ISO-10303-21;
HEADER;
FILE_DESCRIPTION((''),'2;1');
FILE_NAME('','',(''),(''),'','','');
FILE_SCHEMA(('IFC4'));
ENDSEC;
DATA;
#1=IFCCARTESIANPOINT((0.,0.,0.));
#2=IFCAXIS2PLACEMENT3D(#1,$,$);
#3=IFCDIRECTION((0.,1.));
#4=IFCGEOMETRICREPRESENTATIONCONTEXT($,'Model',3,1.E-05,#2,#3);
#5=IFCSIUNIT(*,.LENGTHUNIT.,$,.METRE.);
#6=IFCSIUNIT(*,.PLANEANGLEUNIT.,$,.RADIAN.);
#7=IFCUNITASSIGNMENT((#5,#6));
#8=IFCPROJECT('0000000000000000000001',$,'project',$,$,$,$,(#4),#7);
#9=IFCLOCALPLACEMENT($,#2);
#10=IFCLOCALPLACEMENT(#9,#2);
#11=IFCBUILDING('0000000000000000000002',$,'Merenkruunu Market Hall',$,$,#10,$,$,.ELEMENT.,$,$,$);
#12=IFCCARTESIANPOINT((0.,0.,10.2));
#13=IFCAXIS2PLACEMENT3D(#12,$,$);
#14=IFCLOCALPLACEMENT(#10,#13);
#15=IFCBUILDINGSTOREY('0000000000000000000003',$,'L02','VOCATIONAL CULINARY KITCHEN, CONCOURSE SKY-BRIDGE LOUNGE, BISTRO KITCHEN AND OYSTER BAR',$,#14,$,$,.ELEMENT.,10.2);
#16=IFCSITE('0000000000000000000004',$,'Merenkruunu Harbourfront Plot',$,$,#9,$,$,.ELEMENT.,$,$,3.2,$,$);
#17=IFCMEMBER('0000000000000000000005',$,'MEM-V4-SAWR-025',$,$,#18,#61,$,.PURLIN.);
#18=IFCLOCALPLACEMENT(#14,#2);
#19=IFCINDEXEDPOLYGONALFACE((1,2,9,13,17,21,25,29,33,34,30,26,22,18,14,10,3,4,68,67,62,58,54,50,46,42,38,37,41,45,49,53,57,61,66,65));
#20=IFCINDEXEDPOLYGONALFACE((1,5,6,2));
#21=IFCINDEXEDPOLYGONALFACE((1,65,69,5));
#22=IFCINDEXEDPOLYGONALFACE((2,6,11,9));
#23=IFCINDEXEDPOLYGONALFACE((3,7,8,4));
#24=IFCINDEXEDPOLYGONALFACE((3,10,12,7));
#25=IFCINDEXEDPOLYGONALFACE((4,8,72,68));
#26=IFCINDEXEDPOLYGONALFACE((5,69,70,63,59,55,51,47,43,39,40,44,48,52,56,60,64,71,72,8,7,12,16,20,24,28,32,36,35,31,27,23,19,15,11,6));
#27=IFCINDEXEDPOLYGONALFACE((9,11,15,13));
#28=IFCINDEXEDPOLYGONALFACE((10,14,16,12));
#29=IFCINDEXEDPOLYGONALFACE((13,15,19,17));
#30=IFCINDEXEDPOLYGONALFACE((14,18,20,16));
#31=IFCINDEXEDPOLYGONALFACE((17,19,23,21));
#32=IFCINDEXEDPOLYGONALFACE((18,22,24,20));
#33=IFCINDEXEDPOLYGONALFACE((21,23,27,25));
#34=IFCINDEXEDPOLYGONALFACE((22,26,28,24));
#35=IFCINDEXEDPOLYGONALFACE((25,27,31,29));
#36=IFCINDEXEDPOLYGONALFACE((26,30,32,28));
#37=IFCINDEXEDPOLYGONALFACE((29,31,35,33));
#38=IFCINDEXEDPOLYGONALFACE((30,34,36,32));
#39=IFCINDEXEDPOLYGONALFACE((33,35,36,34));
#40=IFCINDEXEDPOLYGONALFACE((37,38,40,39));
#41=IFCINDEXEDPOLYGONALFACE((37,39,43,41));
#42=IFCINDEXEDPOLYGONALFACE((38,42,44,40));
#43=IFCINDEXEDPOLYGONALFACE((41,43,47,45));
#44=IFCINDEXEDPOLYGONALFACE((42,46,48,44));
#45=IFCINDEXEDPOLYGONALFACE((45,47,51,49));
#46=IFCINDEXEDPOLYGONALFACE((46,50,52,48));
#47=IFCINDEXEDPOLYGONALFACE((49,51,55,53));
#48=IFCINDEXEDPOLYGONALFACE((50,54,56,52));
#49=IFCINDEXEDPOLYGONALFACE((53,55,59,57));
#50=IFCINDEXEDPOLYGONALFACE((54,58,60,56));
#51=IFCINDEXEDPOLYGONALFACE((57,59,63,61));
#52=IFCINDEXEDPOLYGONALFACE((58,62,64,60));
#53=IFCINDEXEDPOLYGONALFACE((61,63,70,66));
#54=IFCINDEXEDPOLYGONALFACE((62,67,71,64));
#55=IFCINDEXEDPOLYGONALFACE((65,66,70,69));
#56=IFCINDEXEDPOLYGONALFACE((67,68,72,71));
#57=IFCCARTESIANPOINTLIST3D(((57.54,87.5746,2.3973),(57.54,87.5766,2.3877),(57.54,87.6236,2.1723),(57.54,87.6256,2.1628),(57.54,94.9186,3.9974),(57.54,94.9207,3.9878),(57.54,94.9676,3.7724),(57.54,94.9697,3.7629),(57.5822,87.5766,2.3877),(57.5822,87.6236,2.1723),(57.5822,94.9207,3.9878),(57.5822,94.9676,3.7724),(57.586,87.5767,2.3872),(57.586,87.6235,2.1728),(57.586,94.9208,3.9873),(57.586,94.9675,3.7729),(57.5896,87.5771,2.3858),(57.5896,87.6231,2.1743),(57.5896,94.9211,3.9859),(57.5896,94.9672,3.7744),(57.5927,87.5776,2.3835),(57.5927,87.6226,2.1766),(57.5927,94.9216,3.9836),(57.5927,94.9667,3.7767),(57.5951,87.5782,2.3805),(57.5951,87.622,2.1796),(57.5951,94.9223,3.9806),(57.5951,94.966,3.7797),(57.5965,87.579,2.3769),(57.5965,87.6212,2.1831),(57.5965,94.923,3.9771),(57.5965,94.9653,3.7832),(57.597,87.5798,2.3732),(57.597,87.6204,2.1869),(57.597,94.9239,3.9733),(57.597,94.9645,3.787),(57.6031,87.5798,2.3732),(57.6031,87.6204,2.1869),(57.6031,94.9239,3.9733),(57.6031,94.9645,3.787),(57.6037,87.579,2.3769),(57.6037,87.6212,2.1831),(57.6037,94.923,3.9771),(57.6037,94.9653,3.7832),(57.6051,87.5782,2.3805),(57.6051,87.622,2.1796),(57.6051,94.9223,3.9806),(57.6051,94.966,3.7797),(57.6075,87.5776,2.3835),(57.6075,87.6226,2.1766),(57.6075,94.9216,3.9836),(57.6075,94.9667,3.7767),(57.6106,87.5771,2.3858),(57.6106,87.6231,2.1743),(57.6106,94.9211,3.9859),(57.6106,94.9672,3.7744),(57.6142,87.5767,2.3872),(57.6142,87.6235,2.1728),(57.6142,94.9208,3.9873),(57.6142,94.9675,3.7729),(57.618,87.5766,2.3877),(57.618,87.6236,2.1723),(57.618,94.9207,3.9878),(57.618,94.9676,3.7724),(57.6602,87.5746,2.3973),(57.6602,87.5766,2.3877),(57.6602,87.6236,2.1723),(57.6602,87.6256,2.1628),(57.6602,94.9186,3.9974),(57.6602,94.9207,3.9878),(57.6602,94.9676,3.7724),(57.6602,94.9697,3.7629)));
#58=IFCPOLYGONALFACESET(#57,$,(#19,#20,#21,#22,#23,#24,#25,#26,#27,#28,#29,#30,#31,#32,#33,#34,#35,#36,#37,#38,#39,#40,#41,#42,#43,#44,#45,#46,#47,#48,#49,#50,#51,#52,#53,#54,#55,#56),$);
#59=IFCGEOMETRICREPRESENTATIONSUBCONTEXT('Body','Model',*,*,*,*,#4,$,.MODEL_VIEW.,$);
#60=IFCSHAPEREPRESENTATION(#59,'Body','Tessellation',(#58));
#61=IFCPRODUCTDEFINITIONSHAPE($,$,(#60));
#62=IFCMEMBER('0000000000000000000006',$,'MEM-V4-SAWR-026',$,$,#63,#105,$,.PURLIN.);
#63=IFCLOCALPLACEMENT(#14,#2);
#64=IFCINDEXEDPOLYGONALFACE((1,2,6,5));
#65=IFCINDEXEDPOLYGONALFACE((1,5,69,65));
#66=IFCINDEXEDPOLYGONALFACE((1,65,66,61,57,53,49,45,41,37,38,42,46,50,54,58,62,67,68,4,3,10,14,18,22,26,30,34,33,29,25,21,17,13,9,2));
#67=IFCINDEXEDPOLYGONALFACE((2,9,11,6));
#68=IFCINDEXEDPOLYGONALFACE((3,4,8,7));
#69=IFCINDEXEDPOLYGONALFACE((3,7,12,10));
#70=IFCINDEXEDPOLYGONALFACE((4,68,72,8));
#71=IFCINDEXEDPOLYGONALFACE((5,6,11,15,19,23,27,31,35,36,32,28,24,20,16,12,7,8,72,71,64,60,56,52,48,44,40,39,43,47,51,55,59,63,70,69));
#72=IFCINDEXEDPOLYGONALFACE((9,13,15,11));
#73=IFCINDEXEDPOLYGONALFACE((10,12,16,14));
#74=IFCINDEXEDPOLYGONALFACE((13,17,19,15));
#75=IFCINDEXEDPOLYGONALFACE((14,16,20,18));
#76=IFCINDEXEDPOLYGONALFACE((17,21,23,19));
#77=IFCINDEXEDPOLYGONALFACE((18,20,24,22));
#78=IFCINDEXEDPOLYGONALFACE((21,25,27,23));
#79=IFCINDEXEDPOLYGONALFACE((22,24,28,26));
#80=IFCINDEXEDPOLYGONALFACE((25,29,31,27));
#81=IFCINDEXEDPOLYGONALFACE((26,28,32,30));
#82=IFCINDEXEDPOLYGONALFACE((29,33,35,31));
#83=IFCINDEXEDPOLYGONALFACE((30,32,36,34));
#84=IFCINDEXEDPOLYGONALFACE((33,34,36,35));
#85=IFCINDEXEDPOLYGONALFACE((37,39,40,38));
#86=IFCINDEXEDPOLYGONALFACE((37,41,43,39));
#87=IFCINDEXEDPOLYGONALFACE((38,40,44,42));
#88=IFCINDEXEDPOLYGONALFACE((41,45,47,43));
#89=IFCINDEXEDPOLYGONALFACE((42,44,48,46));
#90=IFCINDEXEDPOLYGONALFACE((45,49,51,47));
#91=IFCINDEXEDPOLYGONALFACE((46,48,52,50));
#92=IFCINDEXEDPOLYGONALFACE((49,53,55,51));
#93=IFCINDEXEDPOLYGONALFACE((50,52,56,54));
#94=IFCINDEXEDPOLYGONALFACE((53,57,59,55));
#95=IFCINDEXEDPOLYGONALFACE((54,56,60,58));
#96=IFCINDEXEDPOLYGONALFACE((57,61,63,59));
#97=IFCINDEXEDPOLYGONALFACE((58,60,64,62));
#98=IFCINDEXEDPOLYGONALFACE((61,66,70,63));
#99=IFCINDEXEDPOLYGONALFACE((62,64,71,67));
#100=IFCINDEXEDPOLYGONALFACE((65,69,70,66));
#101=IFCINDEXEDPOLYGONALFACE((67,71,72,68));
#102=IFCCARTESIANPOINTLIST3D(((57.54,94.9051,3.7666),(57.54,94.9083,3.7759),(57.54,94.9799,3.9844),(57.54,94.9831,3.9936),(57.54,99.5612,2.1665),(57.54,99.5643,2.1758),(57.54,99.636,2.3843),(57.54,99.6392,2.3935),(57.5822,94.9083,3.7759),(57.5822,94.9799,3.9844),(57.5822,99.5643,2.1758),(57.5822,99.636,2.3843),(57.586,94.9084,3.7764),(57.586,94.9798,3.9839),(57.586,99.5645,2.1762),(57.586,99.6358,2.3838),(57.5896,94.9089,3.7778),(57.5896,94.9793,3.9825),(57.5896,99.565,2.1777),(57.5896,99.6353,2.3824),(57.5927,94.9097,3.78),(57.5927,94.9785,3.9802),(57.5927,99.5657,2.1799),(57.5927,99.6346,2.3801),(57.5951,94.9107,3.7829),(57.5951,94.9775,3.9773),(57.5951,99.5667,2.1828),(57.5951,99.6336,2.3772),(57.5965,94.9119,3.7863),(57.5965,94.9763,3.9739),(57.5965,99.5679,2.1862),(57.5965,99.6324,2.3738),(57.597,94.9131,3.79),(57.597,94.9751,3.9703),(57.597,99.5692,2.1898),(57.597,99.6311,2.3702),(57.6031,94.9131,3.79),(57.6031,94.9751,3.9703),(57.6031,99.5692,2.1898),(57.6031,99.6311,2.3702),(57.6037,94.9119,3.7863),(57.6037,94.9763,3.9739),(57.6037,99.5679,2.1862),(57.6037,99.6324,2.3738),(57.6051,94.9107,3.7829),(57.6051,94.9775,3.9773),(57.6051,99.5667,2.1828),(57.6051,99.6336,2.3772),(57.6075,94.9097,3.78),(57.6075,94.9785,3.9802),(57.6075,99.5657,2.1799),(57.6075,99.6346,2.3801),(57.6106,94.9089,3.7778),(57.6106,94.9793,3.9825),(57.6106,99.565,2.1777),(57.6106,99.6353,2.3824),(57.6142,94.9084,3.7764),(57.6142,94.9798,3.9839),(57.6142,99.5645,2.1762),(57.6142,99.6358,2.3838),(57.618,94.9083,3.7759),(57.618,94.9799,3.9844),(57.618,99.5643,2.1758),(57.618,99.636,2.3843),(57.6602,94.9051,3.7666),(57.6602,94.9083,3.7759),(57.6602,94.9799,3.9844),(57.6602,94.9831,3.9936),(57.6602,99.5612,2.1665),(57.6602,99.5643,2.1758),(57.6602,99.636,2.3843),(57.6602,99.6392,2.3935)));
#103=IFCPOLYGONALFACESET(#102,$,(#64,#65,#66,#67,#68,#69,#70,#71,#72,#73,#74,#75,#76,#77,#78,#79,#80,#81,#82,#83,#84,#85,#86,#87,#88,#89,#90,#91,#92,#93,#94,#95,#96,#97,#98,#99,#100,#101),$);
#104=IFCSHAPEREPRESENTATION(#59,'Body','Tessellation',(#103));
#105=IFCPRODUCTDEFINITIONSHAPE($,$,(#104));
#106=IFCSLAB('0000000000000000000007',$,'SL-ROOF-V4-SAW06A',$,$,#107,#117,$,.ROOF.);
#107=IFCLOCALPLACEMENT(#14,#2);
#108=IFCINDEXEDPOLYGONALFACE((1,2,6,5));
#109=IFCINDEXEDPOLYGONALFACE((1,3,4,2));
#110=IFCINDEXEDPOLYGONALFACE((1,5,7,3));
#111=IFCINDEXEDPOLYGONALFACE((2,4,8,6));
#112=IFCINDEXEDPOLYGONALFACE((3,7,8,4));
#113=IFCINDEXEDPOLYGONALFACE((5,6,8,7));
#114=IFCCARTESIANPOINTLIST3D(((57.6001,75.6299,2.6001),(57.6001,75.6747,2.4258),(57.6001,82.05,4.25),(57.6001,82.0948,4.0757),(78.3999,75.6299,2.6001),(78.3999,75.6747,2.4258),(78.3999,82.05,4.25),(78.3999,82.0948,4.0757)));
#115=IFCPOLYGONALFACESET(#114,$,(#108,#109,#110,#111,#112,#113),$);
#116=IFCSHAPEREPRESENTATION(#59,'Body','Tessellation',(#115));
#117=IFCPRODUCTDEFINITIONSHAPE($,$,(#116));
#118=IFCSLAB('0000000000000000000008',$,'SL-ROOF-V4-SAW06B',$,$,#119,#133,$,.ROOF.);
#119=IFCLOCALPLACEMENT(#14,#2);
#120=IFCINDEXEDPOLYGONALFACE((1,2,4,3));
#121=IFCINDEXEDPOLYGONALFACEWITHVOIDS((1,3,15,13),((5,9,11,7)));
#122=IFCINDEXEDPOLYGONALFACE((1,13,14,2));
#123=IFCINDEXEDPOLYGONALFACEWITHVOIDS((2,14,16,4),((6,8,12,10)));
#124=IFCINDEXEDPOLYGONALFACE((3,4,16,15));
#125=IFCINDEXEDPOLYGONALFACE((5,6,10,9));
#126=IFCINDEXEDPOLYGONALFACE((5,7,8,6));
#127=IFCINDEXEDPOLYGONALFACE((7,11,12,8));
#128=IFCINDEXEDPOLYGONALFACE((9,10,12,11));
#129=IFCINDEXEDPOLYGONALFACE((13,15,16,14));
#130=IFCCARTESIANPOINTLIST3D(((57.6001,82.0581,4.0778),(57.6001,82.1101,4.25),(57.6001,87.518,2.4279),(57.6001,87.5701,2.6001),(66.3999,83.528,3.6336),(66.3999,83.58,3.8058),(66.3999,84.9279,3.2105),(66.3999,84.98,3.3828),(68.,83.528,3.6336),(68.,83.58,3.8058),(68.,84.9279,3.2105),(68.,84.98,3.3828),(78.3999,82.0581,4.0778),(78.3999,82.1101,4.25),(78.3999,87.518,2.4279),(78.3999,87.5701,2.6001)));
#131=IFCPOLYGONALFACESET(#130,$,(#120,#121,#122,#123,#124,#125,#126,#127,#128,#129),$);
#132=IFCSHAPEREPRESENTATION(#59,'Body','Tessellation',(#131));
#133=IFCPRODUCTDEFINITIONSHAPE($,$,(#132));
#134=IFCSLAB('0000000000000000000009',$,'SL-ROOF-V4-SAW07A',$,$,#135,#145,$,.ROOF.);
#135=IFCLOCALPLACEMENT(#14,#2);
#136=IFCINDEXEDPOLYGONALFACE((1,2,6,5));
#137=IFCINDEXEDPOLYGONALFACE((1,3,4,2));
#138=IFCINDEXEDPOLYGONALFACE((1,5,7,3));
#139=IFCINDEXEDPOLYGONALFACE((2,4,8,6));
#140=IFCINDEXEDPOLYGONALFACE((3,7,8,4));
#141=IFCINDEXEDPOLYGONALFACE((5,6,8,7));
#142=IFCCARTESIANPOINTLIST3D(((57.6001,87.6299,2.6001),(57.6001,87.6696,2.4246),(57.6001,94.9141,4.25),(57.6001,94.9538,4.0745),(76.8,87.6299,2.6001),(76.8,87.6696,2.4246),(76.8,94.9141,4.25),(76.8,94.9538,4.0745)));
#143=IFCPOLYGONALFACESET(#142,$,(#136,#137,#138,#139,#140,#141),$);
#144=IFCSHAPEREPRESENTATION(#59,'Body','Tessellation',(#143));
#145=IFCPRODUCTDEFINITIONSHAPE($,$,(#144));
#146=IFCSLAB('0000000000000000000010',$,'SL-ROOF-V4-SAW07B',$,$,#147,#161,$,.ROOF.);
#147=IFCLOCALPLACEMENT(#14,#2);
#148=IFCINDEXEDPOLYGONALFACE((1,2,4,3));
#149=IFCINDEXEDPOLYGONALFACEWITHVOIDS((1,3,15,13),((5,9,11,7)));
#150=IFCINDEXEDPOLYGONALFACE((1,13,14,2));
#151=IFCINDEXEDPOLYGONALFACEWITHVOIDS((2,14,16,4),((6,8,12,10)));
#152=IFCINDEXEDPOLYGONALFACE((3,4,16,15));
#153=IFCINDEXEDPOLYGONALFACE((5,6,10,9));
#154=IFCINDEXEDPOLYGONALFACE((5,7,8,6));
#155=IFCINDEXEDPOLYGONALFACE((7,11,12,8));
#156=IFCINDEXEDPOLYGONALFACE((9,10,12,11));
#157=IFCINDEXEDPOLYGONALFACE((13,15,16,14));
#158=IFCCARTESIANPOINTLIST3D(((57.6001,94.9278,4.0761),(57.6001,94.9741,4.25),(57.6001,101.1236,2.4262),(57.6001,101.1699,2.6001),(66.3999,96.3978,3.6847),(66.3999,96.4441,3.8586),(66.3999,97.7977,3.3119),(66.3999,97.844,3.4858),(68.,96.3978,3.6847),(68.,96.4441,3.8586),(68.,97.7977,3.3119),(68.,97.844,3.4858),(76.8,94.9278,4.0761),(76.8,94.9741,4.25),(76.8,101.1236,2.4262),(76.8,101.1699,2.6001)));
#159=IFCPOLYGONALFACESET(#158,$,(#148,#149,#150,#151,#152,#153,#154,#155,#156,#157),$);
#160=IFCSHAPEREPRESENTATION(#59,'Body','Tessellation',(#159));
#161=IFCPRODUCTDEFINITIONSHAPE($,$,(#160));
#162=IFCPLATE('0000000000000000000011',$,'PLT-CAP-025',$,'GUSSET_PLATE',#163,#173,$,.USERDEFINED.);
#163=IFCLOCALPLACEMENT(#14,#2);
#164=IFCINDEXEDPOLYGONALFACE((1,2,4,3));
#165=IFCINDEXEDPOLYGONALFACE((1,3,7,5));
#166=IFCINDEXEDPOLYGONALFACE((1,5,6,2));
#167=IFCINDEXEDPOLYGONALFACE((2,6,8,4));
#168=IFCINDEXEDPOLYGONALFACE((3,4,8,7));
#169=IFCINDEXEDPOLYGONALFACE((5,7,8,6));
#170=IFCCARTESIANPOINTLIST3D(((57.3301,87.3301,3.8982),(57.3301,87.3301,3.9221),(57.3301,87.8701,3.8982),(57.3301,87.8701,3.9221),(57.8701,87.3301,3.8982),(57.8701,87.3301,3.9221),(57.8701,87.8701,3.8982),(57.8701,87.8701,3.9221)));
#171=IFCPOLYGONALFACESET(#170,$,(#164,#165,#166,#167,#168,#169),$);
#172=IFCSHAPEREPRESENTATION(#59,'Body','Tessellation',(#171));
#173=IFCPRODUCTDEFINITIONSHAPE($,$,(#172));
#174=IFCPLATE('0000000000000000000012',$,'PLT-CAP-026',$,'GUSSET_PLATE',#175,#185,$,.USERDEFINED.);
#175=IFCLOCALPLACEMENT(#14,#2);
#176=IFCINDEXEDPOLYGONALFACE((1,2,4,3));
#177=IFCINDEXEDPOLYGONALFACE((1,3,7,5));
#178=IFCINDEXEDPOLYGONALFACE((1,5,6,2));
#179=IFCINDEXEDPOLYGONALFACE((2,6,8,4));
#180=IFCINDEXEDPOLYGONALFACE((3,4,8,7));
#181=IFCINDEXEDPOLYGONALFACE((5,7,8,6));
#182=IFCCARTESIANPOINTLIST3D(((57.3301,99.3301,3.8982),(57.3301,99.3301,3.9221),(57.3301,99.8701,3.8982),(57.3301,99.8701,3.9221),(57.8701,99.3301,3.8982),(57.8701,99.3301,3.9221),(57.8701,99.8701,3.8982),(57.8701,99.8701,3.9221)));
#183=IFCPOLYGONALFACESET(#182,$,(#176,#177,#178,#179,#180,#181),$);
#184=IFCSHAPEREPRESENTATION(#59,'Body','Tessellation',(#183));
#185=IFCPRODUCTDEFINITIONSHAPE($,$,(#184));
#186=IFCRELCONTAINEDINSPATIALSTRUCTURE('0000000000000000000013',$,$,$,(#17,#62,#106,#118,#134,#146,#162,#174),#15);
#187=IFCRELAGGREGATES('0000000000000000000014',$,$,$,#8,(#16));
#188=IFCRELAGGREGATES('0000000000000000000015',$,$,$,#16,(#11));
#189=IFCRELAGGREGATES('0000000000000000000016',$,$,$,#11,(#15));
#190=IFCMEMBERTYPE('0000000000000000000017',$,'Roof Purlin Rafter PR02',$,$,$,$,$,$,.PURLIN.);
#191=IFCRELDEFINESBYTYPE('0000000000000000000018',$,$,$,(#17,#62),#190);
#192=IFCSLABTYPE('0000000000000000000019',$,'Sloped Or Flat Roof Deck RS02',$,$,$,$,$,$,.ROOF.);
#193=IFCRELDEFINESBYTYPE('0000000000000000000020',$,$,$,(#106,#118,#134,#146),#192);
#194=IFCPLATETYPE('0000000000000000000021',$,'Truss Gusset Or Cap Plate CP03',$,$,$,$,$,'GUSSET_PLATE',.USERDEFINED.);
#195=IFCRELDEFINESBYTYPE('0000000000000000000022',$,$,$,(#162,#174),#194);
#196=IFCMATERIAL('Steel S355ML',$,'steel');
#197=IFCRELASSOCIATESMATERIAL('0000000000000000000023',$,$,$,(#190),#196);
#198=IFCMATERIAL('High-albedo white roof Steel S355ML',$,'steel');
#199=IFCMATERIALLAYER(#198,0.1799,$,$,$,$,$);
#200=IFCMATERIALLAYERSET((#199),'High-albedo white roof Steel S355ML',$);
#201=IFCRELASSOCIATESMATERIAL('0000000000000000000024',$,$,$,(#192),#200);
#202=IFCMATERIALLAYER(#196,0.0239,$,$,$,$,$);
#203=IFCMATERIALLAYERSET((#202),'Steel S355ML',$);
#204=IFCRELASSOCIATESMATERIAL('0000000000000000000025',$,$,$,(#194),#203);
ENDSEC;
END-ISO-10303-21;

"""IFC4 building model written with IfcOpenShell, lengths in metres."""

from ifc_helpers import new_model, si_unit, direction, frame, origin, origin_2d, place, context, subcontext, project, spatial, polyline, rectangle, i_section, outline, extrude, material, layer, layer_set, material_profile, profile_set, type_object, element, save


model = new_model("IFC4")

# Units and contexts
model_context = context("Model", 3, precision=1e-05, world=origin(), true_north=direction((0.0, 1.0)))
body_context = subcontext(model_context, "Body", "Model", "MODEL_VIEW")
ifc_project = project(units=[si_unit("LENGTHUNIT", "METRE"), si_unit("PLANEANGLEUNIT", "RADIAN")], contexts=[model_context])

# Site, building, storey
site_placement = place(None, origin())
site = spatial("IfcSite", under=ifc_project, at=site_placement, Name="Merenkruunu Harbourfront Plot", CompositionType="ELEMENT", RefElevation=3.2)
building_placement = place(site_placement, origin())
building = spatial("IfcBuilding", under=site, at=building_placement, Name="Merenkruunu Market Hall", CompositionType="ELEMENT")
storey_placement = place(building_placement, frame((0.0, 0.0, 10.2)))
storey = spatial("IfcBuildingStorey", under=building, at=storey_placement, Name="L02", Description="VOCATIONAL CULINARY KITCHEN, CONCOURSE SKY-BRIDGE LOUNGE, BISTRO KITCHEN AND OYSTER BAR", CompositionType="ELEMENT", Elevation=10.2)

# Shared definitions
ifc_material_1 = material(Name="Steel S355ML", Category="steel")

# Members
ifc_material_profile_1 = material_profile(ifc_material_1, i_section(OverallWidth=0.1201, OverallDepth=0.24, WebThickness=0.0061, FlangeThickness=0.0098, FilletRadius=0.0149, at=origin_2d()), Name="IPE 240")
ifc_profile_set_1 = profile_set([ifc_material_profile_1], Name="Steel S355ML")
member_type = type_object("IfcMemberType", Name="Roof Purlin Rafter PR02", PredefinedType="PURLIN", material=ifc_profile_set_1)
member_1_placement = place(storey_placement, frame((57.6001, 87.6001, 2.28), z_axis=(0.0, 0.977077, 0.212884), x_axis=(-1.0, 0.0, 0.0)))
element("IfcMember", 1, at=member_1_placement, inside=storey, type_object=member_type, Name="MEM-V4-SAWR-025", PredefinedType="PURLIN", context=body_context, shape_type="SweptSolid", body=[
    extrude(i_section(OverallWidth=0.1201, OverallDepth=0.24, WebThickness=0.0061, FlangeThickness=0.0098, FilletRadius=0.0149, at=origin_2d()), origin(), (0.0, 0.0, 1.0), 7.5164),
])
member_2_placement = place(storey_placement, frame((57.6001, 94.9441, 3.8801), z_axis=(0.0, 0.945712, -0.325006), x_axis=(-1.0, 0.0, 0.0)))
element("IfcMember", 2, at=member_2_placement, inside=storey, type_object=member_type, Name="MEM-V4-SAWR-026", PredefinedType="PURLIN", context=body_context, shape_type="SweptSolid", body=[
    extrude(i_section(OverallWidth=0.1201, OverallDepth=0.24, WebThickness=0.0061, FlangeThickness=0.0098, FilletRadius=0.0149, at=origin_2d()), origin(), (0.0, 0.0, 1.0), 4.9233),
])

# Slabs
ifc_material_2 = material(Name="High-albedo white roof Steel S355ML", Category="steel")
ifc_layer_1 = layer(ifc_material_2, 0.1799)
ifc_layer_set_1 = layer_set([ifc_layer_1], Name="High-albedo white roof Steel S355ML")
slab_type = type_object("IfcSlabType", Name="Sloped Or Flat Roof Deck RS02", PredefinedType="ROOF", material=ifc_layer_set_1)
slab_1_placement = place(storey_placement, frame((57.6001, 75.6299, 2.6001), z_axis=(0.0, -0.2489, 0.968529), x_axis=(1.0, 0.0, 0.0)))
element("IfcSlab", 3, at=slab_1_placement, inside=storey, type_object=slab_type, Name="SL-ROOF-V4-SAW06A", PredefinedType="ROOF", context=body_context, shape_type="SweptSolid", body=[
    extrude(outline(polyline([(0.0, 0.0), (20.7998, 0.0), (20.7998, 6.6288), (0.0, 6.6288), (0.0, 0.0)])), origin(), (0.0, 0.0, -1.0), 0.1799),
])
slab_2_placement = place(storey_placement, frame((57.6001, 82.1101, 4.25), z_axis=(0.0, 0.289264, 0.957249), x_axis=(1.0, 0.0, 0.0)))
element("IfcSlab", 4, at=slab_2_placement, inside=storey, type_object=slab_type, Name="SL-ROOF-V4-SAW06B", PredefinedType="ROOF", context=body_context, shape_type="SweptSolid", body=[
    extrude(outline(polyline([(0.0, 0.0), (20.7998, 0.0), (20.7998, 5.7038), (0.0, 5.7038), (0.0, 0.0)]), holes=[polyline([(8.7998, 1.5356), (10.3999, 1.5356), (10.3999, 2.998), (8.7998, 2.998), (8.7998, 1.5356)])]), origin(), (0.0, 0.0, -1.0), 0.1799),
])
slab_3_placement = place(storey_placement, frame((57.6001, 87.6299, 2.6001), z_axis=(0.0, -0.220909, 0.975294), x_axis=(1.0, 0.0, 0.0)))
element("IfcSlab", 5, at=slab_3_placement, inside=storey, type_object=slab_type, Name="SL-ROOF-V4-SAW07A", PredefinedType="ROOF", context=body_context, shape_type="SweptSolid", body=[
    extrude(outline(polyline([(0.0, 0.0), (19.2, 0.0), (19.2, 7.4687), (0.0, 7.4687), (0.0, 0.0)])), origin(), (0.0, 0.0, -1.0), 0.1799),
])
slab_4_placement = place(storey_placement, frame((57.6001, 94.9741, 4.25), z_axis=(0.0, 0.257326, 0.966325), x_axis=(1.0, 0.0, 0.0)))
element("IfcSlab", 6, at=slab_4_placement, inside=storey, type_object=slab_type, Name="SL-ROOF-V4-SAW07B", PredefinedType="ROOF", context=body_context, shape_type="SweptSolid", body=[
    extrude(outline(polyline([(0.0, 0.0), (19.2, 0.0), (19.2, 6.4117), (0.0, 6.4117), (0.0, 0.0)]), holes=[polyline([(8.7998, 1.5212), (10.3999, 1.5212), (10.3999, 2.9699), (8.7998, 2.9699), (8.7998, 1.5212)])]), origin(), (0.0, 0.0, -1.0), 0.1799),
])

# Plates
ifc_layer_2 = layer(ifc_material_1, 0.0239)
ifc_layer_set_2 = layer_set([ifc_layer_2], Name="Steel S355ML")
plate_type = type_object("IfcPlateType", Name="Truss Gusset Or Cap Plate CP03", ElementType="GUSSET_PLATE", PredefinedType="USERDEFINED", material=ifc_layer_set_2)
for number, where, z_axis, x_axis, name in (
    (7, (57.6001, 87.6001, 3.8982), (0.0, 0.0, 1.0), (1.0, 0.0, 0.0), "PLT-CAP-025"),
    (8, (57.6001, 99.6001, 3.8982), (0.0, 0.0, 1.0), (1.0, 0.0, 0.0), "PLT-CAP-026"),
):
    element("IfcPlate", number, at=place(storey_placement, frame(where, z_axis=z_axis, x_axis=x_axis)), inside=storey, type_object=plate_type, Name=name, ObjectType="GUSSET_PLATE", PredefinedType="USERDEFINED", context=body_context, shape_type="SweptSolid", body=[
        extrude(rectangle(XDim=0.54, YDim=0.54, at=origin_2d()), origin(), (0.0, 0.0, 1.0), 0.0239),
    ])

save(model, "model.ifc")
